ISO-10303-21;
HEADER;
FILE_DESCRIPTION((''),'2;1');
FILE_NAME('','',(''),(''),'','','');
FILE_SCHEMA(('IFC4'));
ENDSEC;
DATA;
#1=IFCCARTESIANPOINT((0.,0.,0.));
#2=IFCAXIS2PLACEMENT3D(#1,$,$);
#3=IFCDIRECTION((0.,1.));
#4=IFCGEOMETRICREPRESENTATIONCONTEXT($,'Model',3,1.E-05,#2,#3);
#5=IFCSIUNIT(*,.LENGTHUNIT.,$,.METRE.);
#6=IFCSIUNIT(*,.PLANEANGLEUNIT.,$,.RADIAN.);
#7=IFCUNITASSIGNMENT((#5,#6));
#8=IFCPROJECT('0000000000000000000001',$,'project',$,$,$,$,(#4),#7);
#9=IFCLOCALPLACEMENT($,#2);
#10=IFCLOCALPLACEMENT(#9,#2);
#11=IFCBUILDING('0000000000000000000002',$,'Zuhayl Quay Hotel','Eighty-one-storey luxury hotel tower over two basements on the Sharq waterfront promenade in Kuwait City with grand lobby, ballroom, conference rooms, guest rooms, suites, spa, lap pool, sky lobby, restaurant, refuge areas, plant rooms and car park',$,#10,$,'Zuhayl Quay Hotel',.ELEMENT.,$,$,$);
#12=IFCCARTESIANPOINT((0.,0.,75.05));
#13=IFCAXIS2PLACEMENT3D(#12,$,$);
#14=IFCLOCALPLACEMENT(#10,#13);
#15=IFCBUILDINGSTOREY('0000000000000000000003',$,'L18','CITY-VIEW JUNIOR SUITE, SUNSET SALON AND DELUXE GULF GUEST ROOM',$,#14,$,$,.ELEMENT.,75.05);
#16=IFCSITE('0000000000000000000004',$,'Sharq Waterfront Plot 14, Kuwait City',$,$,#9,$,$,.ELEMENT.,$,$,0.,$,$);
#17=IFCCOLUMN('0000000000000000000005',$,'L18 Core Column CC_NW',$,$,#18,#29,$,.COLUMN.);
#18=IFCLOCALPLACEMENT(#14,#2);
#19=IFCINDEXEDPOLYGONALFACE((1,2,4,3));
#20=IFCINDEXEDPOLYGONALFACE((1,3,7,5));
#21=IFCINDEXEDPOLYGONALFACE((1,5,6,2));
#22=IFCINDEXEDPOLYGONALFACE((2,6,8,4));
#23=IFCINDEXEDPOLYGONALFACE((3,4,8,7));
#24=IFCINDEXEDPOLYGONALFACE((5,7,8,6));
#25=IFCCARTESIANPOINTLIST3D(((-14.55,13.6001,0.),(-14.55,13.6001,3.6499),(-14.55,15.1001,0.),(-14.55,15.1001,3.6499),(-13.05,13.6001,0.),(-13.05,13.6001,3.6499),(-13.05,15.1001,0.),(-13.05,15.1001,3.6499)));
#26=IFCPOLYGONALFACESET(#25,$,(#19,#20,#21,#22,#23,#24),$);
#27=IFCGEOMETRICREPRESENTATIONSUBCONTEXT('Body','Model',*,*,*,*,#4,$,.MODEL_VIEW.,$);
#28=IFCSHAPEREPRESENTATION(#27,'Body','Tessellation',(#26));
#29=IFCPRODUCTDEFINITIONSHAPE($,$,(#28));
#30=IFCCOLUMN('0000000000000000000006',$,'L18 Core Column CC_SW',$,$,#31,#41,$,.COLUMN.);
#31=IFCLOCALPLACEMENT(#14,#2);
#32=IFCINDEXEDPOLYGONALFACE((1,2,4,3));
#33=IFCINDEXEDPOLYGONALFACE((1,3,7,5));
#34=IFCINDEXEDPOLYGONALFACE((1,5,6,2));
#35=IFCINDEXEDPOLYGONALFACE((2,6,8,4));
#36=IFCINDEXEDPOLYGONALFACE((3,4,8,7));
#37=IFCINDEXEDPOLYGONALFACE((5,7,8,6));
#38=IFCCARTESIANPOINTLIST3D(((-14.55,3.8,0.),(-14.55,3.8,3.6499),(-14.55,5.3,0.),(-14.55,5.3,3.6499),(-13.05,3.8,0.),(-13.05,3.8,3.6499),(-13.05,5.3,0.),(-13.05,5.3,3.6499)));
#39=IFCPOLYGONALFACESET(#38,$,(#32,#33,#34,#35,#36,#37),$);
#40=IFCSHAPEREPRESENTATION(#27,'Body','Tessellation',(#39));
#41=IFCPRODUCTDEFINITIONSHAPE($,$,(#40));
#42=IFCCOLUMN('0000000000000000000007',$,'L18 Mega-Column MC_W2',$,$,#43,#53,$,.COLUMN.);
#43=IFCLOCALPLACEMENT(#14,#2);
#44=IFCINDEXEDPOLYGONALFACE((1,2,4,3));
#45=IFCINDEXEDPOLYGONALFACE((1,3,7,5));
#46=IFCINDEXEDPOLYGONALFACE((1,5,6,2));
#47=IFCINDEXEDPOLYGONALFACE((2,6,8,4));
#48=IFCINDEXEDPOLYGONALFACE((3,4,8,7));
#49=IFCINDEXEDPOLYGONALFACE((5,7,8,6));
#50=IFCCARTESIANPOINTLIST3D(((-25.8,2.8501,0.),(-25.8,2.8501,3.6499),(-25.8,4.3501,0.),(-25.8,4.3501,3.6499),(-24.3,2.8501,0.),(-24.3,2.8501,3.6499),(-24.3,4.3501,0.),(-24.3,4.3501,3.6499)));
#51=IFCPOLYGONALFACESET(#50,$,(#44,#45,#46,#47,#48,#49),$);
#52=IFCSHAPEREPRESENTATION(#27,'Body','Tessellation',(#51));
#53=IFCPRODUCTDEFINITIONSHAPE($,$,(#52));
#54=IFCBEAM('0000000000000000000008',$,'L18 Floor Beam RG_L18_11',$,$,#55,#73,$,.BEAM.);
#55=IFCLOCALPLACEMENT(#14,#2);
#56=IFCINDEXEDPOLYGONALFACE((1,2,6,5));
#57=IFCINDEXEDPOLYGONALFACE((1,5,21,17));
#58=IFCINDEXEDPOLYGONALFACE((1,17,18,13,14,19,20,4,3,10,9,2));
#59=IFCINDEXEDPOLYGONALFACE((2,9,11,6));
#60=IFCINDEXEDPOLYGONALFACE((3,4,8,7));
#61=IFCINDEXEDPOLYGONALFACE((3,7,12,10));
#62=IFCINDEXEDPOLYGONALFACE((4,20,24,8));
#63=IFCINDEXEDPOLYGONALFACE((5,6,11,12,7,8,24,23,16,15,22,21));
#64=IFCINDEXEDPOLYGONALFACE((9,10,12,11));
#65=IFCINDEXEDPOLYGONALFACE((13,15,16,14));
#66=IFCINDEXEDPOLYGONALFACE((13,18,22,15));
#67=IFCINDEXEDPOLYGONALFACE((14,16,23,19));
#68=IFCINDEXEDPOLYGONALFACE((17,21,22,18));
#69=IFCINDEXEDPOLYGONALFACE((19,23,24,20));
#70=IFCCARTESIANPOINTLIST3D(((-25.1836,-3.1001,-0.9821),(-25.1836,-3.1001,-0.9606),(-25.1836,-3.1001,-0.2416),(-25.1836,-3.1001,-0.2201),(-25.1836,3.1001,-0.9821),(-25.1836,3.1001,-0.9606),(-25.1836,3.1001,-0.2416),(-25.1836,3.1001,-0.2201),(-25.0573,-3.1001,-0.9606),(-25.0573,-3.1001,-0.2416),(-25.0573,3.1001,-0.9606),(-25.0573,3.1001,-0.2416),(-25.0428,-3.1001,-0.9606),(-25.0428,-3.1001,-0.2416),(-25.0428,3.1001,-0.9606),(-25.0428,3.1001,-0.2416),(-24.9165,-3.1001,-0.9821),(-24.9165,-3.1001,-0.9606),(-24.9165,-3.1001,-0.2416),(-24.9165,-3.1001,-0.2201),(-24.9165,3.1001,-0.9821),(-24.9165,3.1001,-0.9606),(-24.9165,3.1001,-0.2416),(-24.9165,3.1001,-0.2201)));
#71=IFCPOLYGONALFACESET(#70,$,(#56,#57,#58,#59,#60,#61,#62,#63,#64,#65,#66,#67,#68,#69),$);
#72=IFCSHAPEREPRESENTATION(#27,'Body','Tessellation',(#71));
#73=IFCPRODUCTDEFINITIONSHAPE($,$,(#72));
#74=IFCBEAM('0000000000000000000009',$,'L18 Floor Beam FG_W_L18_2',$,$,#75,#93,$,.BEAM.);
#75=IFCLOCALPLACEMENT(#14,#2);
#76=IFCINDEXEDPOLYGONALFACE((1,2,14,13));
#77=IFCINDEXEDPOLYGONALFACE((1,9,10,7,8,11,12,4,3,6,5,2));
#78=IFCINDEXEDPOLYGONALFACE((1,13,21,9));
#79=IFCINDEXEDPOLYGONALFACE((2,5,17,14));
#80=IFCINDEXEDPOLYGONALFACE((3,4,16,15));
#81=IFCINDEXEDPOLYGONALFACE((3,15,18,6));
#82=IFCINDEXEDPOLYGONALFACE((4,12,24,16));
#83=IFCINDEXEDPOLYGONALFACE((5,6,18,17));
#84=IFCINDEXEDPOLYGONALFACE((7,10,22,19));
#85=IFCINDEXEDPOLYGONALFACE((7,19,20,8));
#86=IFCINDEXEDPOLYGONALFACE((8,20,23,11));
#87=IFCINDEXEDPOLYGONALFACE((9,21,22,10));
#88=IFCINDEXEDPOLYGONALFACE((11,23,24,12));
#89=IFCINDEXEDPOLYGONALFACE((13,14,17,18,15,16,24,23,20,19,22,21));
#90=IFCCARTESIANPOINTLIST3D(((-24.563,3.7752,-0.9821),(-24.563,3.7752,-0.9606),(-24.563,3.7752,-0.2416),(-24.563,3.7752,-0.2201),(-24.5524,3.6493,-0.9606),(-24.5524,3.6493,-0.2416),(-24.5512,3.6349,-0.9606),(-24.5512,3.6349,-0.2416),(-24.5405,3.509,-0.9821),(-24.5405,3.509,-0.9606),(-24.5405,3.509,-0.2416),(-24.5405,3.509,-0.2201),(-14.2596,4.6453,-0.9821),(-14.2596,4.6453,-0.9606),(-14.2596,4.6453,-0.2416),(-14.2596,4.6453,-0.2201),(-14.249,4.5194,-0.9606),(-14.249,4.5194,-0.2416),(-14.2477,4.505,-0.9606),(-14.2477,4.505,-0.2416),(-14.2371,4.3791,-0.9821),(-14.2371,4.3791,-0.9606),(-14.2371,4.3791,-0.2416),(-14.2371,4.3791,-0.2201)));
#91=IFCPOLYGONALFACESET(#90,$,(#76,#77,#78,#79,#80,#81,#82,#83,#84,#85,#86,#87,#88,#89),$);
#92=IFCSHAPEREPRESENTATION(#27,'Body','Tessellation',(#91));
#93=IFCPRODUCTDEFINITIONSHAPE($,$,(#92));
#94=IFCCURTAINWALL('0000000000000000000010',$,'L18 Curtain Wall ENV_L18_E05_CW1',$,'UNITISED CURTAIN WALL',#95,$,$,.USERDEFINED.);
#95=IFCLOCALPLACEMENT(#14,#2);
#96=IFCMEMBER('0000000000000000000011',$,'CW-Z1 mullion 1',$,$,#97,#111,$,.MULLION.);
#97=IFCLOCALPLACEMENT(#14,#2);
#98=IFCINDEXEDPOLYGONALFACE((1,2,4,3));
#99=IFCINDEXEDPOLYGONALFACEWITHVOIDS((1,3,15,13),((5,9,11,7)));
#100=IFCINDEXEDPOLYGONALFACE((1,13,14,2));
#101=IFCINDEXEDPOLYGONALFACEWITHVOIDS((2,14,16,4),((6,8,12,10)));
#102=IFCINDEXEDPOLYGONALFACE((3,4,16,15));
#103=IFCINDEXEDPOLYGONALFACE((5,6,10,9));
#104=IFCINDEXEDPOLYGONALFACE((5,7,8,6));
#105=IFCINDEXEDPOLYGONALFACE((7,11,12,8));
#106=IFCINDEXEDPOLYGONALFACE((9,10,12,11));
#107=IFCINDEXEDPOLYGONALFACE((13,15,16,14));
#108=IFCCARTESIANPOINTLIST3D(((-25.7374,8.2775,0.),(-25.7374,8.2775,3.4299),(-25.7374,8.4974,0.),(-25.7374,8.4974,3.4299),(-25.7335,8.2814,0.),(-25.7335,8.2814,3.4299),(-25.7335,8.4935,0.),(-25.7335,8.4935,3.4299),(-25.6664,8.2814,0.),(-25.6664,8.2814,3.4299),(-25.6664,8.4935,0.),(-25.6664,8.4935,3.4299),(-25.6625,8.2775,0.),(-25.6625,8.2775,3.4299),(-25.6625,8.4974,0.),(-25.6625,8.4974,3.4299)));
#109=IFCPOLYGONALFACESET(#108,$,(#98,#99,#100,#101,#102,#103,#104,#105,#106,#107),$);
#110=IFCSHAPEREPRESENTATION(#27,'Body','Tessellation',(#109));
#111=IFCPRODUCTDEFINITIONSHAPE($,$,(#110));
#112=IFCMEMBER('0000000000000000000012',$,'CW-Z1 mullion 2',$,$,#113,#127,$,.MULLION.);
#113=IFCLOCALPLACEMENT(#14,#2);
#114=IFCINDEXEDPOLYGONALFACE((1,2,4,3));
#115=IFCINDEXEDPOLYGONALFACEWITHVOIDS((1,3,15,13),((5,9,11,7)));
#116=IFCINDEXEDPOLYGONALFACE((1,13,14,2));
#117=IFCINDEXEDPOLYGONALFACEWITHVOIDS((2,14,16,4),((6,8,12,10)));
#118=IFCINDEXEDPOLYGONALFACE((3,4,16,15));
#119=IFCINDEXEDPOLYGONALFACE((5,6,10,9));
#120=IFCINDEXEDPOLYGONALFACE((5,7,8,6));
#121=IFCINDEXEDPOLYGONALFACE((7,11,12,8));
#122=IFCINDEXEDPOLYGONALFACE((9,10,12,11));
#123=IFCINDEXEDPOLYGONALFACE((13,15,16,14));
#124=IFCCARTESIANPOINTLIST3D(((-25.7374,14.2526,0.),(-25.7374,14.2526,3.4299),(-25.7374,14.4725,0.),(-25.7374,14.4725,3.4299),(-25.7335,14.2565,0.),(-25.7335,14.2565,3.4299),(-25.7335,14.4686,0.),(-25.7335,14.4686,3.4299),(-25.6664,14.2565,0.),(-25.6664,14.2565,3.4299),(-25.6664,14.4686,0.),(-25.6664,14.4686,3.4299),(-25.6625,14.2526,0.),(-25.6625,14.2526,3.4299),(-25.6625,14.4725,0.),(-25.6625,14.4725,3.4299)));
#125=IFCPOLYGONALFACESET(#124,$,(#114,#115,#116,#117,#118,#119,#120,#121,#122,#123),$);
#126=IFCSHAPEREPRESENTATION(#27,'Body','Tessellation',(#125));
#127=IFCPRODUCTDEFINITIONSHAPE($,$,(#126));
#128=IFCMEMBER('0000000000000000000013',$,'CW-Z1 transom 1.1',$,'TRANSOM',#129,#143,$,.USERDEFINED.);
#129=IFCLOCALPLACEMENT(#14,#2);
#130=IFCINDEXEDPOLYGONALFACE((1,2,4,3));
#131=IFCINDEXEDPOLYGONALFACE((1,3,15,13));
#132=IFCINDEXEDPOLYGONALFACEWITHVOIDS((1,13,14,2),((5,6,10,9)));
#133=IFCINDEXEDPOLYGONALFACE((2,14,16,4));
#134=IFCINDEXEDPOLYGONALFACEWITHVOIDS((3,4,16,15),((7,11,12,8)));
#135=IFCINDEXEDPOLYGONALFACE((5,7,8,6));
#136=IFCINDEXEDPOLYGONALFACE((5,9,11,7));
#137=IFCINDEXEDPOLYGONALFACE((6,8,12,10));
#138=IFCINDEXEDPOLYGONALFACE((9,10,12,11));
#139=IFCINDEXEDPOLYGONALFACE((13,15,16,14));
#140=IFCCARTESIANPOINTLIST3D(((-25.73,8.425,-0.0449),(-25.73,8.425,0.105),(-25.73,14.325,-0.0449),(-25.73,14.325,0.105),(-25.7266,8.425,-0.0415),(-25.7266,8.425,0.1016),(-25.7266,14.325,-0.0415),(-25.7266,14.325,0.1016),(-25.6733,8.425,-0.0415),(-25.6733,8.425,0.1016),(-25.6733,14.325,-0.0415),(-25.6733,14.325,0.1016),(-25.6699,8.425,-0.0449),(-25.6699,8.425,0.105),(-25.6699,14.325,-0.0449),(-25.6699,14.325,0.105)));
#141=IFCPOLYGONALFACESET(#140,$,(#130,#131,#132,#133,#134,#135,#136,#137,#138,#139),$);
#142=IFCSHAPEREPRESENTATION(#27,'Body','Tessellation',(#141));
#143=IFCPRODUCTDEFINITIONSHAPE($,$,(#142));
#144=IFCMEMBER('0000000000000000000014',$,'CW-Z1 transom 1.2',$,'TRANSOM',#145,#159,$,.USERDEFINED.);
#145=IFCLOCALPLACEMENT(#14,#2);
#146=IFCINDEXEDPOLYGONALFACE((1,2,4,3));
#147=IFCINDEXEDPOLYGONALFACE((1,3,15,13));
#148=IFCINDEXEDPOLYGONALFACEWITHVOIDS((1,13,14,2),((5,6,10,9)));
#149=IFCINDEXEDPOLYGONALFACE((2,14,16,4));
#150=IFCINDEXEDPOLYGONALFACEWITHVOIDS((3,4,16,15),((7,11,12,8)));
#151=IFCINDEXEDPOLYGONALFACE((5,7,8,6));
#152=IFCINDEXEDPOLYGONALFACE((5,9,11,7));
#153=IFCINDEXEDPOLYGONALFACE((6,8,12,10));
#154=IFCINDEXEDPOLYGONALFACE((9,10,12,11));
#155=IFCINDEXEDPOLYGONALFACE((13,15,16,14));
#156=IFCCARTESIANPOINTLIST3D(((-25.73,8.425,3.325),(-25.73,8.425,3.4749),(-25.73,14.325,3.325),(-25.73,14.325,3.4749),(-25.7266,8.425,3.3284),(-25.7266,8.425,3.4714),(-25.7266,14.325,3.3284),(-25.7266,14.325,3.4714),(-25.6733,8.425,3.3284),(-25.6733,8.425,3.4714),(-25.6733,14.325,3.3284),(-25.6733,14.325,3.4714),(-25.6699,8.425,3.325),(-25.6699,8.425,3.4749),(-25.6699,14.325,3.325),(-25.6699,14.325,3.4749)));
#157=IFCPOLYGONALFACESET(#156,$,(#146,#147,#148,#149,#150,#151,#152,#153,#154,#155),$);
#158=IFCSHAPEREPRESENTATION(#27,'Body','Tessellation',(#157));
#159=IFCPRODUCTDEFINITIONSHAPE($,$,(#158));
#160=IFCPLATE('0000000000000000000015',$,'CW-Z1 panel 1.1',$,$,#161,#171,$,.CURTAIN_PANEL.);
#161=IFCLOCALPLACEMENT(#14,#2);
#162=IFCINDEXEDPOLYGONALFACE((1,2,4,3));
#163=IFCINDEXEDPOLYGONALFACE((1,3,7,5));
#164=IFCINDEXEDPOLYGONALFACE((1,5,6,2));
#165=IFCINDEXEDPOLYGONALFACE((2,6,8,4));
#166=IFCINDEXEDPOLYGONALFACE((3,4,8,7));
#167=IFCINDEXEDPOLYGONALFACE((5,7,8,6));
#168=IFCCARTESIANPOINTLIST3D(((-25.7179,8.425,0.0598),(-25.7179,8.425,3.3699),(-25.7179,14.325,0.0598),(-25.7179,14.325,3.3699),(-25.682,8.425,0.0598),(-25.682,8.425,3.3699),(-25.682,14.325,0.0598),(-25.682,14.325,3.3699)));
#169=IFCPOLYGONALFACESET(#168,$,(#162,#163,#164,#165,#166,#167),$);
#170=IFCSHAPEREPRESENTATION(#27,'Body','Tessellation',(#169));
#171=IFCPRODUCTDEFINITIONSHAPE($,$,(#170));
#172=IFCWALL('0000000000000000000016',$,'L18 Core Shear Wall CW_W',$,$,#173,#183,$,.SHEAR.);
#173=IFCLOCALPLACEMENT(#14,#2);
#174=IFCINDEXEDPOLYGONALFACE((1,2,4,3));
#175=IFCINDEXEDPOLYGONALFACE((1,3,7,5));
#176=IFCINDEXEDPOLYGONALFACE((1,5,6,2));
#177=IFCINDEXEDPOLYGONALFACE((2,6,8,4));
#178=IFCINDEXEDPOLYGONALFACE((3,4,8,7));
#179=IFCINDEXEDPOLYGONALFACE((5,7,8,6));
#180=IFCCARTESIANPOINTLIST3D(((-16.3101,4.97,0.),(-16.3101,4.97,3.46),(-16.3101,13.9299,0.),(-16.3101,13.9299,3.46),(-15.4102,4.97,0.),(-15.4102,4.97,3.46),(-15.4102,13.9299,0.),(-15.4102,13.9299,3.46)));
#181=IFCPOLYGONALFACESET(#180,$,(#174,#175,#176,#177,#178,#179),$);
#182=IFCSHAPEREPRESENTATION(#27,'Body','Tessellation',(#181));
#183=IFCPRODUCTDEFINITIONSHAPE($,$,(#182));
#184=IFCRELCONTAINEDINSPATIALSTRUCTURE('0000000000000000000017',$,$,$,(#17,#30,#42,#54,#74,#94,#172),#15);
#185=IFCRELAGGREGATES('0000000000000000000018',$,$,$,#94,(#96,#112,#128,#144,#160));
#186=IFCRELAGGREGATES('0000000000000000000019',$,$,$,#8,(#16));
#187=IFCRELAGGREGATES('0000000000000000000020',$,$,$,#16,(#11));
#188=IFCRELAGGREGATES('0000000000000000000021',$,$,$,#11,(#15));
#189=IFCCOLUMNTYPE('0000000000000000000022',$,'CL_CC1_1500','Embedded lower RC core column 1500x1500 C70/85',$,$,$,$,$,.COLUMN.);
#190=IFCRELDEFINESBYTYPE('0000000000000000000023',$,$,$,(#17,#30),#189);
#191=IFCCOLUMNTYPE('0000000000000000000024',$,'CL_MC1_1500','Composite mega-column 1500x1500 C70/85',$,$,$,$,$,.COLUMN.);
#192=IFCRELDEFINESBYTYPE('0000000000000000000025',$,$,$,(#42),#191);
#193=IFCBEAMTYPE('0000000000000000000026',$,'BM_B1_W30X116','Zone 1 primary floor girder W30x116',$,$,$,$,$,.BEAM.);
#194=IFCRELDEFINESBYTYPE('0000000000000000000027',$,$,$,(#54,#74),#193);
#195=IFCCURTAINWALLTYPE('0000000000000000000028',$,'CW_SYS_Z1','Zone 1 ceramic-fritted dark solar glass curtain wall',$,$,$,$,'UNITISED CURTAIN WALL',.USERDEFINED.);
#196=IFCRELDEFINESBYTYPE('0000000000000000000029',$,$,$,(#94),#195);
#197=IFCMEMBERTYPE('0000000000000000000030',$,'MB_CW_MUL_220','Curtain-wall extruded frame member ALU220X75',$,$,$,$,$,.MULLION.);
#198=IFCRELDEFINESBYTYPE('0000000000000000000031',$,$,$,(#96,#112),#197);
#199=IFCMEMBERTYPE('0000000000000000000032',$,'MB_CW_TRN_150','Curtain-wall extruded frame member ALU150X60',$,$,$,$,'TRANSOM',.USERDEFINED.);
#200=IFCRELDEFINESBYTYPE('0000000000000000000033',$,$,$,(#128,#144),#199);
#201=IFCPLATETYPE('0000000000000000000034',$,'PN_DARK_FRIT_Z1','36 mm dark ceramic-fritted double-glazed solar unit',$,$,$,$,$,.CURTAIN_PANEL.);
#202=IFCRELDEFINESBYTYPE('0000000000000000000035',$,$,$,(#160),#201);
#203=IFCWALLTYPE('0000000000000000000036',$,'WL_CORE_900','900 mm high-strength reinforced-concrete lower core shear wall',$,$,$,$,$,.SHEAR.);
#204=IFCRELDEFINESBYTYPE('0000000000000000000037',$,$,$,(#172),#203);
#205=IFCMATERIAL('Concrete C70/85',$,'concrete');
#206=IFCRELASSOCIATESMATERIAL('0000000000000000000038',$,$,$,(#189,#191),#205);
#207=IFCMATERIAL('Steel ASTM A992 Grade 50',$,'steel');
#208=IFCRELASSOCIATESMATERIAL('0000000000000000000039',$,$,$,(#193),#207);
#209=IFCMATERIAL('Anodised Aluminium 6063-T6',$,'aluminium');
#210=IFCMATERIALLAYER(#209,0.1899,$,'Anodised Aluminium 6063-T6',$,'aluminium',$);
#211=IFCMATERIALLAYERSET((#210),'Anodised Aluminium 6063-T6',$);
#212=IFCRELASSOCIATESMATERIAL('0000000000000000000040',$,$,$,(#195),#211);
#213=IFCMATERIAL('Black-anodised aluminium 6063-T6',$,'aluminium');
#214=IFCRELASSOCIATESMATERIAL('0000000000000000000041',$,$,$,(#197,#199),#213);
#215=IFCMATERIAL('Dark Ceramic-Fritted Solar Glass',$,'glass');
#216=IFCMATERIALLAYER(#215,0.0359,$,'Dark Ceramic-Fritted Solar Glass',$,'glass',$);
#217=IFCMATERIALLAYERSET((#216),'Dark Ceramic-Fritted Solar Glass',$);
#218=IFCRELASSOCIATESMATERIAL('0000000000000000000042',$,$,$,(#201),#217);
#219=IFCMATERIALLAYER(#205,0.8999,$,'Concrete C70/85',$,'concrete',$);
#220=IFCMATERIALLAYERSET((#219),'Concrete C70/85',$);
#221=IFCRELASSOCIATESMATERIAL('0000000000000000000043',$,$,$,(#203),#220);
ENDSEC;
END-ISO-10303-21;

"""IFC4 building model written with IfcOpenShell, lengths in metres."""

from ifc_helpers import new_model, si_unit, direction, frame, frame_2d, origin, origin_2d, place, context, subcontext, project, spatial, rectangle, hollow_rectangle, i_section, extrude, material, layer, layer_set, material_profile, profile_set, type_object, element, aggregate, save


model = new_model("IFC4")

# Units and contexts
model_context = context("Model", 3, precision=1e-05, world=origin(), true_north=direction((0.0, 1.0)))
body_context = subcontext(model_context, "Body", "Model", "MODEL_VIEW")
ifc_project = project(units=[si_unit("LENGTHUNIT", "METRE"), si_unit("PLANEANGLEUNIT", "RADIAN")], contexts=[model_context])

# Site, building, storey
site_placement = place(None, origin())
site = spatial("IfcSite", under=ifc_project, at=site_placement, Name="Sharq Waterfront Plot 14, Kuwait City", CompositionType="ELEMENT", RefElevation=0.0)
building_placement = place(site_placement, origin())
building = spatial("IfcBuilding", under=site, at=building_placement, Name="Zuhayl Quay Hotel", Description="Eighty-one-storey luxury hotel tower over two basements on the Sharq waterfront promenade in Kuwait City with grand lobby, ballroom, conference rooms, guest rooms, suites, spa, lap pool, sky lobby, restaurant, refuge areas, plant rooms and car park", LongName="Zuhayl Quay Hotel", CompositionType="ELEMENT")
storey_placement = place(building_placement, frame((0.0, 0.0, 75.05)))
storey = spatial("IfcBuildingStorey", under=building, at=storey_placement, Name="L18", Description="CITY-VIEW JUNIOR SUITE, SUNSET SALON AND DELUXE GULF GUEST ROOM", CompositionType="ELEMENT", Elevation=75.05)

# Columns
ifc_material_1 = material(Name="Concrete C70/85", Category="concrete")
ifc_material_profile_1 = material_profile(ifc_material_1, rectangle(XDim=1.5, YDim=1.5, at=origin_2d()), Name="RC1500X1500")
ifc_profile_set_1 = profile_set([ifc_material_profile_1], Name="Concrete C70/85")
column_type_1 = type_object("IfcColumnType", Name="CL_CC1_1500", Description="Embedded lower RC core column 1500x1500 C70/85", PredefinedType="COLUMN", material=ifc_profile_set_1)
for number, where, z_axis, x_axis, name in (
    (1, (-13.8, 14.3501, 0.0), (0.0, 0.0, 1.0), (1.0, 0.0, 0.0), "L18 Core Column CC_NW"),
    (2, (-13.8, 4.55, 0.0), (0.0, 0.0, 1.0), (1.0, 0.0, 0.0), "L18 Core Column CC_SW"),
):
    element("IfcColumn", number, at=place(storey_placement, frame(where, z_axis=z_axis, x_axis=x_axis)), inside=storey, type_object=column_type_1, Name=name, PredefinedType="COLUMN", context=body_context, shape_type="SweptSolid", body=[
        extrude(rectangle(XDim=1.5, YDim=1.5, at=origin_2d()), origin(), (0.0, 0.0, 1.0), 3.6499),
    ])
ifc_material_profile_2 = material_profile(ifc_material_1, rectangle(XDim=1.5, YDim=1.5, at=origin_2d()), Name="RC1500X1500")
ifc_profile_set_2 = profile_set([ifc_material_profile_2], Name="Concrete C70/85")
column_type_2 = type_object("IfcColumnType", Name="CL_MC1_1500", Description="Composite mega-column 1500x1500 C70/85", PredefinedType="COLUMN", material=ifc_profile_set_2)
column_placement = place(storey_placement, frame((-25.05, 3.6001, 0.0), z_axis=(0.0, 0.0, 1.0), x_axis=(1.0, 0.0, 0.0)))
element("IfcColumn", 3, at=column_placement, inside=storey, type_object=column_type_2, Name="L18 Mega-Column MC_W2", PredefinedType="COLUMN", context=body_context, shape_type="SweptSolid", body=[
    extrude(rectangle(XDim=1.5, YDim=1.5, at=origin_2d()), origin(), (0.0, 0.0, 1.0), 3.6499),
])

# Beams
ifc_material_2 = material(Name="Steel ASTM A992 Grade 50", Category="steel")
ifc_material_profile_3 = material_profile(ifc_material_2, i_section(OverallWidth=0.2671, OverallDepth=0.762, WebThickness=0.0144, FlangeThickness=0.0215, at=origin_2d()), Name="W30X116")
ifc_profile_set_3 = profile_set([ifc_material_profile_3], Name="Steel ASTM A992 Grade 50")
beam_type = type_object("IfcBeamType", Name="BM_B1_W30X116", Description="Zone 1 primary floor girder W30x116", PredefinedType="BEAM", material=ifc_profile_set_3)
beam_1_placement = place(storey_placement, frame((-25.05, 3.1001, -0.6011), z_axis=(0.0, -1.0, 0.0), x_axis=(1.0, 0.0, 0.0)))
element("IfcBeam", 4, at=beam_1_placement, inside=storey, type_object=beam_type, Name="L18 Floor Beam RG_L18_11", PredefinedType="BEAM", context=body_context, shape_type="SweptSolid", body=[
    extrude(i_section(OverallWidth=0.2671, OverallDepth=0.762, WebThickness=0.0144, FlangeThickness=0.0215, at=origin_2d()), origin(), (0.0, 0.0, 1.0), 6.2002),
])
beam_2_placement = place(storey_placement, frame((-24.5518, 3.6421, -0.6011), z_axis=(0.996453, 0.084149, 0.0), x_axis=(-0.084149, 0.996453, 0.0)))
element("IfcBeam", 5, at=beam_2_placement, inside=storey, type_object=beam_type, Name="L18 Floor Beam FG_W_L18_2", PredefinedType="BEAM", context=body_context, shape_type="SweptSolid", body=[
    extrude(i_section(OverallWidth=0.2671, OverallDepth=0.762, WebThickness=0.0144, FlangeThickness=0.0215, at=origin_2d()), origin(), (0.0, 0.0, 1.0), 10.3401),
])

# Curtain wall, members, plate
ifc_material_3 = material(Name="Anodised Aluminium 6063-T6", Category="aluminium")
ifc_layer_1 = layer(ifc_material_3, 0.1899, Name="Anodised Aluminium 6063-T6", Category="aluminium")
ifc_layer_set_1 = layer_set([ifc_layer_1], Name="Anodised Aluminium 6063-T6")
curtain_wall_type = type_object("IfcCurtainWallType", Name="CW_SYS_Z1", Description="Zone 1 ceramic-fritted dark solar glass curtain wall", ElementType="UNITISED CURTAIN WALL", PredefinedType="USERDEFINED", material=ifc_layer_set_1)
curtain_wall_placement = place(storey_placement, origin())
curtain_wall = element("IfcCurtainWall", 6, at=curtain_wall_placement, inside=storey, type_object=curtain_wall_type, Name="L18 Curtain Wall ENV_L18_E05_CW1", ObjectType="UNITISED CURTAIN WALL", PredefinedType="USERDEFINED")
ifc_material_4 = material(Name="Black-anodised aluminium 6063-T6", Category="aluminium")
ifc_material_profile_4 = material_profile(ifc_material_4, hollow_rectangle(XDim=0.075, YDim=0.22, WallThickness=0.0039, at=origin_2d()), Name="ALU220X75")
ifc_profile_set_4 = profile_set([ifc_material_profile_4], Name="Black-anodised aluminium 6063-T6")
member_type_1 = type_object("IfcMemberType", Name="MB_CW_MUL_220", Description="Curtain-wall extruded frame member ALU220X75", PredefinedType="MULLION", material=ifc_profile_set_4)
member_1_placement = place(storey_placement, frame((-25.7, 8.3875, 0.0), z_axis=(0.0, 0.0, 1.0), x_axis=(-1.0, 0.0, 0.0)))
member_1 = element("IfcMember", 7, at=member_1_placement, type_object=member_type_1, Name="CW-Z1 mullion 1", PredefinedType="MULLION", context=body_context, shape_type="SweptSolid", body=[
    extrude(hollow_rectangle(XDim=0.075, YDim=0.22, WallThickness=0.0039, at=origin_2d()), origin(), (0.0, 0.0, 1.0), 3.4299),
])
member_2_placement = place(storey_placement, frame((-25.7, 14.3625, 0.0), z_axis=(0.0, 0.0, 1.0), x_axis=(-1.0, 0.0, 0.0)))
member_2 = element("IfcMember", 8, at=member_2_placement, type_object=member_type_1, Name="CW-Z1 mullion 2", PredefinedType="MULLION", context=body_context, shape_type="SweptSolid", body=[
    extrude(hollow_rectangle(XDim=0.075, YDim=0.22, WallThickness=0.0039, at=origin_2d()), origin(), (0.0, 0.0, 1.0), 3.4299),
])
ifc_material_profile_5 = material_profile(ifc_material_4, hollow_rectangle(XDim=0.0601, YDim=0.1499, WallThickness=0.0034, at=origin_2d()), Name="ALU150X60")
ifc_profile_set_5 = profile_set([ifc_material_profile_5], Name="Black-anodised aluminium 6063-T6")
member_type_2 = type_object("IfcMemberType", Name="MB_CW_TRN_150", Description="Curtain-wall extruded frame member ALU150X60", ElementType="TRANSOM", PredefinedType="USERDEFINED", material=ifc_profile_set_5)
member_3_placement = place(storey_placement, frame((-25.7, 8.425, 0.03), z_axis=(0.0, 1.0, 0.0), x_axis=(-1.0, 0.0, 0.0)))
member_3 = element("IfcMember", 9, at=member_3_placement, type_object=member_type_2, Name="CW-Z1 transom 1.1", ObjectType="TRANSOM", PredefinedType="USERDEFINED", context=body_context, shape_type="SweptSolid", body=[
    extrude(hollow_rectangle(XDim=0.0601, YDim=0.1499, WallThickness=0.0034, at=origin_2d()), origin(), (0.0, 0.0, 1.0), 5.8999),
])
member_4_placement = place(storey_placement, frame((-25.7, 8.425, 3.3999), z_axis=(0.0, 1.0, 0.0), x_axis=(-1.0, 0.0, 0.0)))
member_4 = element("IfcMember", 10, at=member_4_placement, type_object=member_type_2, Name="CW-Z1 transom 1.2", ObjectType="TRANSOM", PredefinedType="USERDEFINED", context=body_context, shape_type="SweptSolid", body=[
    extrude(hollow_rectangle(XDim=0.0601, YDim=0.1499, WallThickness=0.0034, at=origin_2d()), origin(), (0.0, 0.0, 1.0), 5.8999),
])
ifc_material_5 = material(Name="Dark Ceramic-Fritted Solar Glass", Category="glass")
ifc_layer_2 = layer(ifc_material_5, 0.0359, Name="Dark Ceramic-Fritted Solar Glass", Category="glass")
ifc_layer_set_2 = layer_set([ifc_layer_2], Name="Dark Ceramic-Fritted Solar Glass")
plate_type = type_object("IfcPlateType", Name="PN_DARK_FRIT_Z1", Description="36 mm dark ceramic-fritted double-glazed solar unit", PredefinedType="CURTAIN_PANEL", material=ifc_layer_set_2)
plate_placement = place(storey_placement, frame((-25.7, 11.375, 0.0598), z_axis=(0.0, 0.0, 1.0), x_axis=(0.0, 1.0, 0.0)))
plate = element("IfcPlate", 11, at=plate_placement, type_object=plate_type, Name="CW-Z1 panel 1.1", PredefinedType="CURTAIN_PANEL", context=body_context, shape_type="SweptSolid", body=[
    extrude(rectangle(XDim=5.8999, YDim=0.0359, at=origin_2d()), origin(), (0.0, 0.0, 1.0), 3.3101),
])
aggregate(curtain_wall, [member_1, member_2, member_3, member_4, plate])

# Wall
ifc_layer_3 = layer(ifc_material_1, 0.8999, Name="Concrete C70/85", Category="concrete")
ifc_layer_set_3 = layer_set([ifc_layer_3], Name="Concrete C70/85")
wall_type_1 = type_object("IfcWallType", Name="WL_CORE_900", Description="900 mm high-strength reinforced-concrete lower core shear wall", PredefinedType="SHEAR", material=ifc_layer_set_3)
wall_1_placement = place(storey_placement, frame((-15.8601, 4.97, 0.0), z_axis=(0.0, 0.0, 1.0), x_axis=(0.0, 1.0, 0.0)))
element("IfcWall", 12, at=wall_1_placement, inside=storey, type_object=wall_type_1, Name="L18 Core Shear Wall CW_W", PredefinedType="SHEAR", context=body_context, shape_type="SweptSolid", body=[
    extrude(rectangle(XDim=8.96, YDim=0.8999, at=frame_2d((4.48, 0.0))), origin(), (0.0, 0.0, 1.0), 3.46),
])

save(model, "model.ifc")
